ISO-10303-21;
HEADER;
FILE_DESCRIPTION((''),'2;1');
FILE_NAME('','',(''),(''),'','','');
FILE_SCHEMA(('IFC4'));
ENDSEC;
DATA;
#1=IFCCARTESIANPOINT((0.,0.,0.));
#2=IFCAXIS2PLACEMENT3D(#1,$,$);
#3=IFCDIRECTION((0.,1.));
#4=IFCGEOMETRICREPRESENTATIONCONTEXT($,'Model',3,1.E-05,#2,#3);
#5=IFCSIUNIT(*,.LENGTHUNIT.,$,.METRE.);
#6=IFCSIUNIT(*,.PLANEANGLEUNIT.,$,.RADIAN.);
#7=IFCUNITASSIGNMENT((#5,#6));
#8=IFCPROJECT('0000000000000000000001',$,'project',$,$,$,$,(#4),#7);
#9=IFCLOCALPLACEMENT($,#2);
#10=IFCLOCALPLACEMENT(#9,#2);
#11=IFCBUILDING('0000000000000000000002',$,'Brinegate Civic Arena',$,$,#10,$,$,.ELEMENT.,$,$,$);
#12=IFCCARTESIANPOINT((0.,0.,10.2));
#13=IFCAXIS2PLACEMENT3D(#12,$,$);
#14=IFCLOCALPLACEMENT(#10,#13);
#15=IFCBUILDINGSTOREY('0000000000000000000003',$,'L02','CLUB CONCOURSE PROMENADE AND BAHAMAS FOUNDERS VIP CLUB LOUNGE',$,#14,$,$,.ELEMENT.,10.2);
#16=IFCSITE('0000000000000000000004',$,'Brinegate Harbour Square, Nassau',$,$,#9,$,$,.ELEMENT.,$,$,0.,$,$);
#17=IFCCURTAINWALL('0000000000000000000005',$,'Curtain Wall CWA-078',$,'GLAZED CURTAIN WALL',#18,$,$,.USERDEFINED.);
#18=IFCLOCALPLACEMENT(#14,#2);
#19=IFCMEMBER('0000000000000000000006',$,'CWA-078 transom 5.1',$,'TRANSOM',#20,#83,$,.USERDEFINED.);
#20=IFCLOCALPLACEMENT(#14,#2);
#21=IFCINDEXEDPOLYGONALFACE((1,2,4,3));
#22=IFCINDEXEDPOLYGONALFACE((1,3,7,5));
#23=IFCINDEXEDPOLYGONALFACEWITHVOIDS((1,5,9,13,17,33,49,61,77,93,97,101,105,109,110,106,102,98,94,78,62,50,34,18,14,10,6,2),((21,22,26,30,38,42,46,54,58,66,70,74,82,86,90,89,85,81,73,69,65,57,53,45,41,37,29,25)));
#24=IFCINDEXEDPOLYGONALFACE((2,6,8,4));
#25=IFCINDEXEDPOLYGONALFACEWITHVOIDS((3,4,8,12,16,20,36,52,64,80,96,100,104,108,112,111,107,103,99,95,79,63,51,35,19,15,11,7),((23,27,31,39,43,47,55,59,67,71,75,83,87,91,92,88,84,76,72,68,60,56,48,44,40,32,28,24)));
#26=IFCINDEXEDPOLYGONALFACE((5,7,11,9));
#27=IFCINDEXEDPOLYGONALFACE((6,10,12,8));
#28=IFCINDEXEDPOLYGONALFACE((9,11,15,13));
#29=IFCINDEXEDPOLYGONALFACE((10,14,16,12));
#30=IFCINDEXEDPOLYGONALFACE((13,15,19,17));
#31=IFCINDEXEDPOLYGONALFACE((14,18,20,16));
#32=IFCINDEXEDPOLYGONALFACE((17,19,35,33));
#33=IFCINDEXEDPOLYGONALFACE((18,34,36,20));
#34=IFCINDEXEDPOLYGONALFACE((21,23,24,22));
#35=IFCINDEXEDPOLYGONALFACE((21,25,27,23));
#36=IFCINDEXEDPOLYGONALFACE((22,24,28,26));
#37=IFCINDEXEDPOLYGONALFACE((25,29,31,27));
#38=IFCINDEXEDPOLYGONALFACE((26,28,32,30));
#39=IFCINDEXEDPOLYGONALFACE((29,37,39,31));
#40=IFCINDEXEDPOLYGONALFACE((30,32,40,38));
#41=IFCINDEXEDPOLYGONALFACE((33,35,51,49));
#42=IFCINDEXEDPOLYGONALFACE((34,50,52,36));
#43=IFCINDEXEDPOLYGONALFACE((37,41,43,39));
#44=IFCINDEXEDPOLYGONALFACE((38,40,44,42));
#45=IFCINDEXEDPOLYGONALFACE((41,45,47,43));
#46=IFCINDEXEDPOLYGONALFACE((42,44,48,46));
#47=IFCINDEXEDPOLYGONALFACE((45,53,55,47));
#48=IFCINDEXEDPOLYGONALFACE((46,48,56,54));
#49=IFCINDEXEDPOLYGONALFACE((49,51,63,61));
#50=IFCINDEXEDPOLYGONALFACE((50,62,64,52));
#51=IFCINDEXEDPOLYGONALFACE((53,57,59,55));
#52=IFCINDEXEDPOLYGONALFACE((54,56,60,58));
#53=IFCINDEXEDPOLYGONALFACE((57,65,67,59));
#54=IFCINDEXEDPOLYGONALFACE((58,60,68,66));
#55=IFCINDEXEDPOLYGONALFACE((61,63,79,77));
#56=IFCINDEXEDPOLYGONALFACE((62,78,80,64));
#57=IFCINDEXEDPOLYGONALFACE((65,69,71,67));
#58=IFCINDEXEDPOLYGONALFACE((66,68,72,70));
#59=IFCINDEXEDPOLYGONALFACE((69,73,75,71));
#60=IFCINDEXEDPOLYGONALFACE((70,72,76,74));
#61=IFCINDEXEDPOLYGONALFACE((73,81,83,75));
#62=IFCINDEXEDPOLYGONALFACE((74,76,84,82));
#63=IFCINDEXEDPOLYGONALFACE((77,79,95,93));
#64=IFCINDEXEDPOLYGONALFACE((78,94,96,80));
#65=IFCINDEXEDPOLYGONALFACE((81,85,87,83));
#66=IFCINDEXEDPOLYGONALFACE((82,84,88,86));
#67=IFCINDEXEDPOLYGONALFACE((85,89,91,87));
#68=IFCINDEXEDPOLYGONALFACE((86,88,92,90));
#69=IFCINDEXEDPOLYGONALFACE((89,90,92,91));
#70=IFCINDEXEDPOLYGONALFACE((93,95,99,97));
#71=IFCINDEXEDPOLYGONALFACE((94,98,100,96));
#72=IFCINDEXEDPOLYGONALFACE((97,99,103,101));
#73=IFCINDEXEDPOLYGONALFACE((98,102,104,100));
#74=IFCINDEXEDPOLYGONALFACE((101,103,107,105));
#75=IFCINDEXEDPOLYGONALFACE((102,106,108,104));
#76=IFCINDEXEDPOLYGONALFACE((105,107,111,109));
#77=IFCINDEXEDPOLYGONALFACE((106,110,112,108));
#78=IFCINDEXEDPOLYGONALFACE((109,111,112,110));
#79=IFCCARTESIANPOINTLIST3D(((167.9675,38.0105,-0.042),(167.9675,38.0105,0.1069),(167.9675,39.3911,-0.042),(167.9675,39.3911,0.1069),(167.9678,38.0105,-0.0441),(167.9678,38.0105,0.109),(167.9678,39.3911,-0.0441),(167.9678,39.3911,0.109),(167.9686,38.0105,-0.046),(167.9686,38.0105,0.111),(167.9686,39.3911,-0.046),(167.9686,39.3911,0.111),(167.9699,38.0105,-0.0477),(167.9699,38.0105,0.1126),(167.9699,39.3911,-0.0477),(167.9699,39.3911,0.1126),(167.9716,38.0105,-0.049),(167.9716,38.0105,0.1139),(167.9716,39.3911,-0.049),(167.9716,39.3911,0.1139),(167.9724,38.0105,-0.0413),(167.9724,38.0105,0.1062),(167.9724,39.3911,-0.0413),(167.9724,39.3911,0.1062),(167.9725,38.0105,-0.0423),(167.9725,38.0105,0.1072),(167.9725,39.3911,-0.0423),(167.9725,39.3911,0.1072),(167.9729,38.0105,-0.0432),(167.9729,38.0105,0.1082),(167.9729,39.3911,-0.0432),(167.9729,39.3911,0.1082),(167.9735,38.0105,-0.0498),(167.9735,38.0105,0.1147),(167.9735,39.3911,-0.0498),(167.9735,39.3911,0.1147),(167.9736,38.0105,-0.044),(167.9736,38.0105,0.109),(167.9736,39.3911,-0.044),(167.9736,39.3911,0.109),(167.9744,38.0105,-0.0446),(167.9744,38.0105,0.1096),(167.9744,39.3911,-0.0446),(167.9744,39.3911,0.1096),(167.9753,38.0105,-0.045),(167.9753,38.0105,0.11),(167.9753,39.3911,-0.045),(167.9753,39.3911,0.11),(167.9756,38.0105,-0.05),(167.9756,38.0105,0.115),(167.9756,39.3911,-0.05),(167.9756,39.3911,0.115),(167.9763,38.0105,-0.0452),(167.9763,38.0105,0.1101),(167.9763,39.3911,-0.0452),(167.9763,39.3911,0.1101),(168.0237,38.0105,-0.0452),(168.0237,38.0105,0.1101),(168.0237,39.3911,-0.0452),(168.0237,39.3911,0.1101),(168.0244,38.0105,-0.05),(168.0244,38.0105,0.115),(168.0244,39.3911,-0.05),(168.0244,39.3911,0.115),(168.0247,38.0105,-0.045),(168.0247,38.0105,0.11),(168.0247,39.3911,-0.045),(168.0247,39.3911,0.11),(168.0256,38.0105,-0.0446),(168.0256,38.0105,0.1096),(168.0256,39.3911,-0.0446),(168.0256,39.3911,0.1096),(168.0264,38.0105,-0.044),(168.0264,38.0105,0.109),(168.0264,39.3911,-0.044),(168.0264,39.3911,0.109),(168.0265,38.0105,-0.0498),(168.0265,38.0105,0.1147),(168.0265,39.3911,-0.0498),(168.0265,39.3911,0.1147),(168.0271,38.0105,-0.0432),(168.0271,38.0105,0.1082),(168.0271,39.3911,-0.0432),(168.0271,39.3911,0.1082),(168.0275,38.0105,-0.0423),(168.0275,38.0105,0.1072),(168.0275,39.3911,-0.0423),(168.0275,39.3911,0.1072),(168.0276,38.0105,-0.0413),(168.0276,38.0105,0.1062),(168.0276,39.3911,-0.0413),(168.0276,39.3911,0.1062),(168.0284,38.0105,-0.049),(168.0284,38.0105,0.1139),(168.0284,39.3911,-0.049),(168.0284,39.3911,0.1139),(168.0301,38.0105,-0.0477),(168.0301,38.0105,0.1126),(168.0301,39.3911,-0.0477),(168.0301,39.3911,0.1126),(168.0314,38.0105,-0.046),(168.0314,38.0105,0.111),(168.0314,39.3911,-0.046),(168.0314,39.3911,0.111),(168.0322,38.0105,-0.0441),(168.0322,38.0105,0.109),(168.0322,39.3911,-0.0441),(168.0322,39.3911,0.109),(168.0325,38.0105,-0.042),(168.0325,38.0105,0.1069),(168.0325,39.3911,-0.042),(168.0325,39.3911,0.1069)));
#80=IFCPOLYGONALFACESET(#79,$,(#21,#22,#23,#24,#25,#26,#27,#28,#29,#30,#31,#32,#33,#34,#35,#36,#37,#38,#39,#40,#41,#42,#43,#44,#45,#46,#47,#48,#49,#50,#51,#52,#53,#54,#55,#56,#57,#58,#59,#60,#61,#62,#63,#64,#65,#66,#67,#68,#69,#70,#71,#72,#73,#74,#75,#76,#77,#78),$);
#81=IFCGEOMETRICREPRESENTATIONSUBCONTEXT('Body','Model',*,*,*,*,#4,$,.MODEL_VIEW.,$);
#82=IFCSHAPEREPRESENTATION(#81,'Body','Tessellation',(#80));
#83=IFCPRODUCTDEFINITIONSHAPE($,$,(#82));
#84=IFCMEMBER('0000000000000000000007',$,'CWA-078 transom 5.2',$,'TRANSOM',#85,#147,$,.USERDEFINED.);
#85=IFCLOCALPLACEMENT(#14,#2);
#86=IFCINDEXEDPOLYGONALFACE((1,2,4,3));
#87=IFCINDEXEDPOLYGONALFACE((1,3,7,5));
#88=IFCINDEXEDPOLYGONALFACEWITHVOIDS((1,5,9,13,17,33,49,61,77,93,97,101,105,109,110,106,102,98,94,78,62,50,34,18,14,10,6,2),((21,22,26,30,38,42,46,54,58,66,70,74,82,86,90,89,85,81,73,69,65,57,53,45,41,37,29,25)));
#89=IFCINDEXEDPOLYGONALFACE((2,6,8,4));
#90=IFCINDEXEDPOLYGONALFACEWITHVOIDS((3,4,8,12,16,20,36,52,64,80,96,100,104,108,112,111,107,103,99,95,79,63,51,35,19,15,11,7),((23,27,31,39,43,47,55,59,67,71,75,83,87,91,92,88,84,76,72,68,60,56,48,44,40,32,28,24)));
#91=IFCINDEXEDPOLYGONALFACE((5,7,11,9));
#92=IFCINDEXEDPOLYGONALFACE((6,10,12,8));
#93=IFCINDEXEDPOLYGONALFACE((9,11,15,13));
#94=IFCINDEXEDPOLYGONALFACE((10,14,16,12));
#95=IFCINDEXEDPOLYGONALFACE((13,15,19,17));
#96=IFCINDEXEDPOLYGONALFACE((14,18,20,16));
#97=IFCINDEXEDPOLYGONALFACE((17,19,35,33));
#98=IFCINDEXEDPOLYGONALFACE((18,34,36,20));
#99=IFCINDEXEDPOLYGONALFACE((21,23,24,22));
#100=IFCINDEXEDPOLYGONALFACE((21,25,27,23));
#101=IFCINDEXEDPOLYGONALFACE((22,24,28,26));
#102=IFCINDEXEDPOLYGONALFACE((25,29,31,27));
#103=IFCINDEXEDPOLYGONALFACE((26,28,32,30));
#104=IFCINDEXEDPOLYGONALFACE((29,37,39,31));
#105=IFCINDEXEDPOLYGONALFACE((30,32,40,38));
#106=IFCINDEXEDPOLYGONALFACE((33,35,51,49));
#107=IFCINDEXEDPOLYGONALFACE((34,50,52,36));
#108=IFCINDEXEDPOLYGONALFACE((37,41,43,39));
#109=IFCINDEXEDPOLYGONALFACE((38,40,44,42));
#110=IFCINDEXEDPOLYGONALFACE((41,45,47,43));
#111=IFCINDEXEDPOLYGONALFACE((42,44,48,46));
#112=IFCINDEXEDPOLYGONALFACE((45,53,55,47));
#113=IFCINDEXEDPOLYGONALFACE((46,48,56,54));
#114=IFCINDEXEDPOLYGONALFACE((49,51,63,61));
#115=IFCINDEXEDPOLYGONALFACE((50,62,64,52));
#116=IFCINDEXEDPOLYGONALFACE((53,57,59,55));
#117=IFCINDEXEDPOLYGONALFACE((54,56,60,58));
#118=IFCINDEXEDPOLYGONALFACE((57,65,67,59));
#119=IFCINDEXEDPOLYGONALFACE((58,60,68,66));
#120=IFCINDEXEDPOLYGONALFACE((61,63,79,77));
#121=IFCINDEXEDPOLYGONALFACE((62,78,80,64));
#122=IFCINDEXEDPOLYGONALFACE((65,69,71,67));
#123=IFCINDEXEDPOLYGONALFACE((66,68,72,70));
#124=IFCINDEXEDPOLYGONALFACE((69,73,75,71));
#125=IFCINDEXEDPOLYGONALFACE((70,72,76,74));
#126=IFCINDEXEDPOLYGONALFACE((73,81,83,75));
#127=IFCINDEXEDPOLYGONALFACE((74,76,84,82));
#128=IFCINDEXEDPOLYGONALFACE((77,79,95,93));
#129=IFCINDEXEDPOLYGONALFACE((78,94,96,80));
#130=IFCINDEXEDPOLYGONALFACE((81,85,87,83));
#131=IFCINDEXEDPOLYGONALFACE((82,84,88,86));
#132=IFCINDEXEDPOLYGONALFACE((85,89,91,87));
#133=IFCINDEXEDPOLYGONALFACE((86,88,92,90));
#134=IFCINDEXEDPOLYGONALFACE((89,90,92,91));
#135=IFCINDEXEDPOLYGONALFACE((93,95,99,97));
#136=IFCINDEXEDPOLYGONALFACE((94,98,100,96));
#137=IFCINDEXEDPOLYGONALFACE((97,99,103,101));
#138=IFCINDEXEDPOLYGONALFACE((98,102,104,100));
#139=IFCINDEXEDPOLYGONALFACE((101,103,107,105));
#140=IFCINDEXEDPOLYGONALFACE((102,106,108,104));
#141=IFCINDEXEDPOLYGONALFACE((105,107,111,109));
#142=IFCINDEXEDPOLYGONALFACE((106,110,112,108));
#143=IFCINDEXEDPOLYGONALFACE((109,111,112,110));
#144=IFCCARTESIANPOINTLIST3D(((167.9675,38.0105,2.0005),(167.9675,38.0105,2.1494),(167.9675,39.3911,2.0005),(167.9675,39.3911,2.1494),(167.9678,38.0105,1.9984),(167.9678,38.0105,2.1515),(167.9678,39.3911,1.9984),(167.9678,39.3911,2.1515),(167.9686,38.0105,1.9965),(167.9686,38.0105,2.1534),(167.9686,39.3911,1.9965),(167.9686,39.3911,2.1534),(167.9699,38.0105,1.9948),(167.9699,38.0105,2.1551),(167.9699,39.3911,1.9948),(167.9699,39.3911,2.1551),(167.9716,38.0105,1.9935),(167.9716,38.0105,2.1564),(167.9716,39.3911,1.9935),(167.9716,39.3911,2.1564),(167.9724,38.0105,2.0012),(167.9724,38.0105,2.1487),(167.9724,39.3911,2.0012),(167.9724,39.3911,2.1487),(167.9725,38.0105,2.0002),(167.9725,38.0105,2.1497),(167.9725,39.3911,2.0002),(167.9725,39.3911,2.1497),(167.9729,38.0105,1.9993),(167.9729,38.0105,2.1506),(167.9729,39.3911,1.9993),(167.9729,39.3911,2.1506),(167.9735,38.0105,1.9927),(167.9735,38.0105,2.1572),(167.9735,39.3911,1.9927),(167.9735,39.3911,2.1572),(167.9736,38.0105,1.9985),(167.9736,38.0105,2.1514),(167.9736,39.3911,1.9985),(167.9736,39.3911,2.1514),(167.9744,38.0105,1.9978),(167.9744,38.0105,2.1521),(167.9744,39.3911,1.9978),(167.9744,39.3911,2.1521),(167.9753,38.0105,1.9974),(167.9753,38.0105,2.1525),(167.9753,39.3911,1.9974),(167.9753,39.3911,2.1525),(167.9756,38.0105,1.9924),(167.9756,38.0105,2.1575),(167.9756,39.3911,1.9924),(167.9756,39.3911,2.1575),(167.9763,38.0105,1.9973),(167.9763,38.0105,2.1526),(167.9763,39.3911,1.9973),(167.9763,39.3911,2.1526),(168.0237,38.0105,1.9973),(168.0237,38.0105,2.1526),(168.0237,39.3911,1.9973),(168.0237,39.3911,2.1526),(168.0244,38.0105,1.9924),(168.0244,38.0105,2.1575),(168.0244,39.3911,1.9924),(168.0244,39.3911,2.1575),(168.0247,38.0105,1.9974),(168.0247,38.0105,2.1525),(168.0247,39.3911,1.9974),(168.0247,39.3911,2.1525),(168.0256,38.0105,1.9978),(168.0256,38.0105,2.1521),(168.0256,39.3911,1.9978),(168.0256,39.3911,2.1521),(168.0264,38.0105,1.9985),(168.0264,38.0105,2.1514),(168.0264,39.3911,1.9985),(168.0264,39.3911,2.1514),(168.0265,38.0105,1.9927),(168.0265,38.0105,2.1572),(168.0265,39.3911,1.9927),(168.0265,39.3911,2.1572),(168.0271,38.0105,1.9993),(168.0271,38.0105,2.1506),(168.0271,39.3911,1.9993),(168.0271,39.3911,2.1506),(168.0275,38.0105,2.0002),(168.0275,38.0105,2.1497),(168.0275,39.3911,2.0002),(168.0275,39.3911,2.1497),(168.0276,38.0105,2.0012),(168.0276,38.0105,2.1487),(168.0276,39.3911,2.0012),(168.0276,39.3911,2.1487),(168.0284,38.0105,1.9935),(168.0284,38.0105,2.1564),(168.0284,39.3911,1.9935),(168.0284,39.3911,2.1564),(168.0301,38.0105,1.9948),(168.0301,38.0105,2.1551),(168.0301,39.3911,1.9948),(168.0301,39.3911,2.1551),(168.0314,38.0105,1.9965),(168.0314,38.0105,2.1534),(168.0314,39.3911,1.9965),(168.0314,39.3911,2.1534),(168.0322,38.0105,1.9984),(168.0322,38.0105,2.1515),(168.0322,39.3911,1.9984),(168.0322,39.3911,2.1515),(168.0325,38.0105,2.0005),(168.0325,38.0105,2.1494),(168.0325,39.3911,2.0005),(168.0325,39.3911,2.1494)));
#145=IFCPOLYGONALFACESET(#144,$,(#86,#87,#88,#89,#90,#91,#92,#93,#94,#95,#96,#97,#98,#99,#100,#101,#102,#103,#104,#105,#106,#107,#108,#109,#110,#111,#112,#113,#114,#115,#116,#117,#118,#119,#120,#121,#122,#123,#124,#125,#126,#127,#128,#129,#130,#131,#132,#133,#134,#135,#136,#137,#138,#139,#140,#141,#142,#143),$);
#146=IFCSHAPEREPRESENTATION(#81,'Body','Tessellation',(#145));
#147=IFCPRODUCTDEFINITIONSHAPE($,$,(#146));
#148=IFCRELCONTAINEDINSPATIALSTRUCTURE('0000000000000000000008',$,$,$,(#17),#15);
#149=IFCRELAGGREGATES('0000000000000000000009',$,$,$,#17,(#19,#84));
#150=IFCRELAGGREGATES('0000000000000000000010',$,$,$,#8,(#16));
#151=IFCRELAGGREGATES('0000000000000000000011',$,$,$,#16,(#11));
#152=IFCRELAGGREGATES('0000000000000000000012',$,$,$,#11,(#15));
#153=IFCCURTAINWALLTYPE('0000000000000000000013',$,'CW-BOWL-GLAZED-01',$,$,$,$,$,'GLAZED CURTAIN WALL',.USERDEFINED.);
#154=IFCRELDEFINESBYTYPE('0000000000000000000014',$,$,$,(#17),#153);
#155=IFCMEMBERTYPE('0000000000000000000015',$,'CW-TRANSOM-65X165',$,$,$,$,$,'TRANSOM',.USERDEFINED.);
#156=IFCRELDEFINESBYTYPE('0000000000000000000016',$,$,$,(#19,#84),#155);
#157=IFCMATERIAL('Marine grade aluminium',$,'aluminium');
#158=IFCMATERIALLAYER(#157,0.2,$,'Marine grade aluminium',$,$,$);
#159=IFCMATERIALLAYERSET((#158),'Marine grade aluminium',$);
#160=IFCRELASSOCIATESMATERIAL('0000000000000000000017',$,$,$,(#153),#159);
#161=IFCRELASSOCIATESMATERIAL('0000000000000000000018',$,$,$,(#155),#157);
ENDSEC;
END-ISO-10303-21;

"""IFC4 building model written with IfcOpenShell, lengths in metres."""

from ifc_helpers import new_model, si_unit, direction, frame, origin, origin_2d, place, context, subcontext, project, spatial, hollow_rectangle, extrude, material, layer, layer_set, material_profile, profile_set, type_object, element, aggregate, save


model = new_model("IFC4")

# Units and contexts
model_context = context("Model", 3, precision=1e-05, world=origin(), true_north=direction((0.0, 1.0)))
body_context = subcontext(model_context, "Body", "Model", "MODEL_VIEW")
ifc_project = project(units=[si_unit("LENGTHUNIT", "METRE"), si_unit("PLANEANGLEUNIT", "RADIAN")], contexts=[model_context])

# Site, building, storey
site_placement = place(None, origin())
site = spatial("IfcSite", under=ifc_project, at=site_placement, Name="Brinegate Harbour Square, Nassau", CompositionType="ELEMENT", RefElevation=0.0)
building_placement = place(site_placement, origin())
building = spatial("IfcBuilding", under=site, at=building_placement, Name="Brinegate Civic Arena", CompositionType="ELEMENT")
storey_placement = place(building_placement, frame((0.0, 0.0, 10.2)))
storey = spatial("IfcBuildingStorey", under=building, at=storey_placement, Name="L02", Description="CLUB CONCOURSE PROMENADE AND BAHAMAS FOUNDERS VIP CLUB LOUNGE", CompositionType="ELEMENT", Elevation=10.2)

# Curtain wall
ifc_material_1 = material(Name="Marine grade aluminium", Category="aluminium")
ifc_layer_1 = layer(ifc_material_1, 0.2, Name="Marine grade aluminium")
ifc_layer_set_1 = layer_set([ifc_layer_1], Name="Marine grade aluminium")
curtain_wall_type = type_object("IfcCurtainWallType", Name="CW-BOWL-GLAZED-01", ElementType="GLAZED CURTAIN WALL", PredefinedType="USERDEFINED", material=ifc_layer_set_1)
curtain_wall_1_placement = place(storey_placement, origin())
curtain_wall_1 = element("IfcCurtainWall", 1, at=curtain_wall_1_placement, inside=storey, type_object=curtain_wall_type, Name="Curtain Wall CWA-078", ObjectType="GLAZED CURTAIN WALL", PredefinedType="USERDEFINED")

# Members
ifc_material_profile_1 = material_profile(ifc_material_1, hollow_rectangle(XDim=0.0649, YDim=0.165, WallThickness=0.0049, InnerFilletRadius=0.0039, OuterFilletRadius=0.0081, at=origin_2d()), Name="TRN65X165")
ifc_profile_set_1 = profile_set([ifc_material_profile_1], Name="Marine grade aluminium")
member_type_1 = type_object("IfcMemberType", Name="CW-TRANSOM-65X165", ElementType="TRANSOM", PredefinedType="USERDEFINED", material=ifc_profile_set_1)
member_1_placement = place(storey_placement, frame((168.0, 38.0105, 0.0325), z_axis=(0.0, 1.0, 0.0), x_axis=(-1.0, 0.0, 0.0)))
member_1 = element("IfcMember", 2, at=member_1_placement, type_object=member_type_1, Name="CWA-078 transom 5.1", ObjectType="TRANSOM", PredefinedType="USERDEFINED", context=body_context, shape_type="SweptSolid", body=[
    extrude(hollow_rectangle(XDim=0.0649, YDim=0.165, WallThickness=0.0049, InnerFilletRadius=0.0039, OuterFilletRadius=0.0081, at=origin_2d()), origin(), (0.0, 0.0, 1.0), 1.3806),
])
member_2_placement = place(storey_placement, frame((168.0, 38.0105, 2.075), z_axis=(0.0, 1.0, 0.0), x_axis=(-1.0, 0.0, 0.0)))
member_2 = element("IfcMember", 3, at=member_2_placement, type_object=member_type_1, Name="CWA-078 transom 5.2", ObjectType="TRANSOM", PredefinedType="USERDEFINED", context=body_context, shape_type="SweptSolid", body=[
    extrude(hollow_rectangle(XDim=0.0649, YDim=0.165, WallThickness=0.0049, InnerFilletRadius=0.0039, OuterFilletRadius=0.0081, at=origin_2d()), origin(), (0.0, 0.0, 1.0), 1.3806),
])

aggregate(curtain_wall_1, [member_1, member_2])

save(model, "model.ifc")
